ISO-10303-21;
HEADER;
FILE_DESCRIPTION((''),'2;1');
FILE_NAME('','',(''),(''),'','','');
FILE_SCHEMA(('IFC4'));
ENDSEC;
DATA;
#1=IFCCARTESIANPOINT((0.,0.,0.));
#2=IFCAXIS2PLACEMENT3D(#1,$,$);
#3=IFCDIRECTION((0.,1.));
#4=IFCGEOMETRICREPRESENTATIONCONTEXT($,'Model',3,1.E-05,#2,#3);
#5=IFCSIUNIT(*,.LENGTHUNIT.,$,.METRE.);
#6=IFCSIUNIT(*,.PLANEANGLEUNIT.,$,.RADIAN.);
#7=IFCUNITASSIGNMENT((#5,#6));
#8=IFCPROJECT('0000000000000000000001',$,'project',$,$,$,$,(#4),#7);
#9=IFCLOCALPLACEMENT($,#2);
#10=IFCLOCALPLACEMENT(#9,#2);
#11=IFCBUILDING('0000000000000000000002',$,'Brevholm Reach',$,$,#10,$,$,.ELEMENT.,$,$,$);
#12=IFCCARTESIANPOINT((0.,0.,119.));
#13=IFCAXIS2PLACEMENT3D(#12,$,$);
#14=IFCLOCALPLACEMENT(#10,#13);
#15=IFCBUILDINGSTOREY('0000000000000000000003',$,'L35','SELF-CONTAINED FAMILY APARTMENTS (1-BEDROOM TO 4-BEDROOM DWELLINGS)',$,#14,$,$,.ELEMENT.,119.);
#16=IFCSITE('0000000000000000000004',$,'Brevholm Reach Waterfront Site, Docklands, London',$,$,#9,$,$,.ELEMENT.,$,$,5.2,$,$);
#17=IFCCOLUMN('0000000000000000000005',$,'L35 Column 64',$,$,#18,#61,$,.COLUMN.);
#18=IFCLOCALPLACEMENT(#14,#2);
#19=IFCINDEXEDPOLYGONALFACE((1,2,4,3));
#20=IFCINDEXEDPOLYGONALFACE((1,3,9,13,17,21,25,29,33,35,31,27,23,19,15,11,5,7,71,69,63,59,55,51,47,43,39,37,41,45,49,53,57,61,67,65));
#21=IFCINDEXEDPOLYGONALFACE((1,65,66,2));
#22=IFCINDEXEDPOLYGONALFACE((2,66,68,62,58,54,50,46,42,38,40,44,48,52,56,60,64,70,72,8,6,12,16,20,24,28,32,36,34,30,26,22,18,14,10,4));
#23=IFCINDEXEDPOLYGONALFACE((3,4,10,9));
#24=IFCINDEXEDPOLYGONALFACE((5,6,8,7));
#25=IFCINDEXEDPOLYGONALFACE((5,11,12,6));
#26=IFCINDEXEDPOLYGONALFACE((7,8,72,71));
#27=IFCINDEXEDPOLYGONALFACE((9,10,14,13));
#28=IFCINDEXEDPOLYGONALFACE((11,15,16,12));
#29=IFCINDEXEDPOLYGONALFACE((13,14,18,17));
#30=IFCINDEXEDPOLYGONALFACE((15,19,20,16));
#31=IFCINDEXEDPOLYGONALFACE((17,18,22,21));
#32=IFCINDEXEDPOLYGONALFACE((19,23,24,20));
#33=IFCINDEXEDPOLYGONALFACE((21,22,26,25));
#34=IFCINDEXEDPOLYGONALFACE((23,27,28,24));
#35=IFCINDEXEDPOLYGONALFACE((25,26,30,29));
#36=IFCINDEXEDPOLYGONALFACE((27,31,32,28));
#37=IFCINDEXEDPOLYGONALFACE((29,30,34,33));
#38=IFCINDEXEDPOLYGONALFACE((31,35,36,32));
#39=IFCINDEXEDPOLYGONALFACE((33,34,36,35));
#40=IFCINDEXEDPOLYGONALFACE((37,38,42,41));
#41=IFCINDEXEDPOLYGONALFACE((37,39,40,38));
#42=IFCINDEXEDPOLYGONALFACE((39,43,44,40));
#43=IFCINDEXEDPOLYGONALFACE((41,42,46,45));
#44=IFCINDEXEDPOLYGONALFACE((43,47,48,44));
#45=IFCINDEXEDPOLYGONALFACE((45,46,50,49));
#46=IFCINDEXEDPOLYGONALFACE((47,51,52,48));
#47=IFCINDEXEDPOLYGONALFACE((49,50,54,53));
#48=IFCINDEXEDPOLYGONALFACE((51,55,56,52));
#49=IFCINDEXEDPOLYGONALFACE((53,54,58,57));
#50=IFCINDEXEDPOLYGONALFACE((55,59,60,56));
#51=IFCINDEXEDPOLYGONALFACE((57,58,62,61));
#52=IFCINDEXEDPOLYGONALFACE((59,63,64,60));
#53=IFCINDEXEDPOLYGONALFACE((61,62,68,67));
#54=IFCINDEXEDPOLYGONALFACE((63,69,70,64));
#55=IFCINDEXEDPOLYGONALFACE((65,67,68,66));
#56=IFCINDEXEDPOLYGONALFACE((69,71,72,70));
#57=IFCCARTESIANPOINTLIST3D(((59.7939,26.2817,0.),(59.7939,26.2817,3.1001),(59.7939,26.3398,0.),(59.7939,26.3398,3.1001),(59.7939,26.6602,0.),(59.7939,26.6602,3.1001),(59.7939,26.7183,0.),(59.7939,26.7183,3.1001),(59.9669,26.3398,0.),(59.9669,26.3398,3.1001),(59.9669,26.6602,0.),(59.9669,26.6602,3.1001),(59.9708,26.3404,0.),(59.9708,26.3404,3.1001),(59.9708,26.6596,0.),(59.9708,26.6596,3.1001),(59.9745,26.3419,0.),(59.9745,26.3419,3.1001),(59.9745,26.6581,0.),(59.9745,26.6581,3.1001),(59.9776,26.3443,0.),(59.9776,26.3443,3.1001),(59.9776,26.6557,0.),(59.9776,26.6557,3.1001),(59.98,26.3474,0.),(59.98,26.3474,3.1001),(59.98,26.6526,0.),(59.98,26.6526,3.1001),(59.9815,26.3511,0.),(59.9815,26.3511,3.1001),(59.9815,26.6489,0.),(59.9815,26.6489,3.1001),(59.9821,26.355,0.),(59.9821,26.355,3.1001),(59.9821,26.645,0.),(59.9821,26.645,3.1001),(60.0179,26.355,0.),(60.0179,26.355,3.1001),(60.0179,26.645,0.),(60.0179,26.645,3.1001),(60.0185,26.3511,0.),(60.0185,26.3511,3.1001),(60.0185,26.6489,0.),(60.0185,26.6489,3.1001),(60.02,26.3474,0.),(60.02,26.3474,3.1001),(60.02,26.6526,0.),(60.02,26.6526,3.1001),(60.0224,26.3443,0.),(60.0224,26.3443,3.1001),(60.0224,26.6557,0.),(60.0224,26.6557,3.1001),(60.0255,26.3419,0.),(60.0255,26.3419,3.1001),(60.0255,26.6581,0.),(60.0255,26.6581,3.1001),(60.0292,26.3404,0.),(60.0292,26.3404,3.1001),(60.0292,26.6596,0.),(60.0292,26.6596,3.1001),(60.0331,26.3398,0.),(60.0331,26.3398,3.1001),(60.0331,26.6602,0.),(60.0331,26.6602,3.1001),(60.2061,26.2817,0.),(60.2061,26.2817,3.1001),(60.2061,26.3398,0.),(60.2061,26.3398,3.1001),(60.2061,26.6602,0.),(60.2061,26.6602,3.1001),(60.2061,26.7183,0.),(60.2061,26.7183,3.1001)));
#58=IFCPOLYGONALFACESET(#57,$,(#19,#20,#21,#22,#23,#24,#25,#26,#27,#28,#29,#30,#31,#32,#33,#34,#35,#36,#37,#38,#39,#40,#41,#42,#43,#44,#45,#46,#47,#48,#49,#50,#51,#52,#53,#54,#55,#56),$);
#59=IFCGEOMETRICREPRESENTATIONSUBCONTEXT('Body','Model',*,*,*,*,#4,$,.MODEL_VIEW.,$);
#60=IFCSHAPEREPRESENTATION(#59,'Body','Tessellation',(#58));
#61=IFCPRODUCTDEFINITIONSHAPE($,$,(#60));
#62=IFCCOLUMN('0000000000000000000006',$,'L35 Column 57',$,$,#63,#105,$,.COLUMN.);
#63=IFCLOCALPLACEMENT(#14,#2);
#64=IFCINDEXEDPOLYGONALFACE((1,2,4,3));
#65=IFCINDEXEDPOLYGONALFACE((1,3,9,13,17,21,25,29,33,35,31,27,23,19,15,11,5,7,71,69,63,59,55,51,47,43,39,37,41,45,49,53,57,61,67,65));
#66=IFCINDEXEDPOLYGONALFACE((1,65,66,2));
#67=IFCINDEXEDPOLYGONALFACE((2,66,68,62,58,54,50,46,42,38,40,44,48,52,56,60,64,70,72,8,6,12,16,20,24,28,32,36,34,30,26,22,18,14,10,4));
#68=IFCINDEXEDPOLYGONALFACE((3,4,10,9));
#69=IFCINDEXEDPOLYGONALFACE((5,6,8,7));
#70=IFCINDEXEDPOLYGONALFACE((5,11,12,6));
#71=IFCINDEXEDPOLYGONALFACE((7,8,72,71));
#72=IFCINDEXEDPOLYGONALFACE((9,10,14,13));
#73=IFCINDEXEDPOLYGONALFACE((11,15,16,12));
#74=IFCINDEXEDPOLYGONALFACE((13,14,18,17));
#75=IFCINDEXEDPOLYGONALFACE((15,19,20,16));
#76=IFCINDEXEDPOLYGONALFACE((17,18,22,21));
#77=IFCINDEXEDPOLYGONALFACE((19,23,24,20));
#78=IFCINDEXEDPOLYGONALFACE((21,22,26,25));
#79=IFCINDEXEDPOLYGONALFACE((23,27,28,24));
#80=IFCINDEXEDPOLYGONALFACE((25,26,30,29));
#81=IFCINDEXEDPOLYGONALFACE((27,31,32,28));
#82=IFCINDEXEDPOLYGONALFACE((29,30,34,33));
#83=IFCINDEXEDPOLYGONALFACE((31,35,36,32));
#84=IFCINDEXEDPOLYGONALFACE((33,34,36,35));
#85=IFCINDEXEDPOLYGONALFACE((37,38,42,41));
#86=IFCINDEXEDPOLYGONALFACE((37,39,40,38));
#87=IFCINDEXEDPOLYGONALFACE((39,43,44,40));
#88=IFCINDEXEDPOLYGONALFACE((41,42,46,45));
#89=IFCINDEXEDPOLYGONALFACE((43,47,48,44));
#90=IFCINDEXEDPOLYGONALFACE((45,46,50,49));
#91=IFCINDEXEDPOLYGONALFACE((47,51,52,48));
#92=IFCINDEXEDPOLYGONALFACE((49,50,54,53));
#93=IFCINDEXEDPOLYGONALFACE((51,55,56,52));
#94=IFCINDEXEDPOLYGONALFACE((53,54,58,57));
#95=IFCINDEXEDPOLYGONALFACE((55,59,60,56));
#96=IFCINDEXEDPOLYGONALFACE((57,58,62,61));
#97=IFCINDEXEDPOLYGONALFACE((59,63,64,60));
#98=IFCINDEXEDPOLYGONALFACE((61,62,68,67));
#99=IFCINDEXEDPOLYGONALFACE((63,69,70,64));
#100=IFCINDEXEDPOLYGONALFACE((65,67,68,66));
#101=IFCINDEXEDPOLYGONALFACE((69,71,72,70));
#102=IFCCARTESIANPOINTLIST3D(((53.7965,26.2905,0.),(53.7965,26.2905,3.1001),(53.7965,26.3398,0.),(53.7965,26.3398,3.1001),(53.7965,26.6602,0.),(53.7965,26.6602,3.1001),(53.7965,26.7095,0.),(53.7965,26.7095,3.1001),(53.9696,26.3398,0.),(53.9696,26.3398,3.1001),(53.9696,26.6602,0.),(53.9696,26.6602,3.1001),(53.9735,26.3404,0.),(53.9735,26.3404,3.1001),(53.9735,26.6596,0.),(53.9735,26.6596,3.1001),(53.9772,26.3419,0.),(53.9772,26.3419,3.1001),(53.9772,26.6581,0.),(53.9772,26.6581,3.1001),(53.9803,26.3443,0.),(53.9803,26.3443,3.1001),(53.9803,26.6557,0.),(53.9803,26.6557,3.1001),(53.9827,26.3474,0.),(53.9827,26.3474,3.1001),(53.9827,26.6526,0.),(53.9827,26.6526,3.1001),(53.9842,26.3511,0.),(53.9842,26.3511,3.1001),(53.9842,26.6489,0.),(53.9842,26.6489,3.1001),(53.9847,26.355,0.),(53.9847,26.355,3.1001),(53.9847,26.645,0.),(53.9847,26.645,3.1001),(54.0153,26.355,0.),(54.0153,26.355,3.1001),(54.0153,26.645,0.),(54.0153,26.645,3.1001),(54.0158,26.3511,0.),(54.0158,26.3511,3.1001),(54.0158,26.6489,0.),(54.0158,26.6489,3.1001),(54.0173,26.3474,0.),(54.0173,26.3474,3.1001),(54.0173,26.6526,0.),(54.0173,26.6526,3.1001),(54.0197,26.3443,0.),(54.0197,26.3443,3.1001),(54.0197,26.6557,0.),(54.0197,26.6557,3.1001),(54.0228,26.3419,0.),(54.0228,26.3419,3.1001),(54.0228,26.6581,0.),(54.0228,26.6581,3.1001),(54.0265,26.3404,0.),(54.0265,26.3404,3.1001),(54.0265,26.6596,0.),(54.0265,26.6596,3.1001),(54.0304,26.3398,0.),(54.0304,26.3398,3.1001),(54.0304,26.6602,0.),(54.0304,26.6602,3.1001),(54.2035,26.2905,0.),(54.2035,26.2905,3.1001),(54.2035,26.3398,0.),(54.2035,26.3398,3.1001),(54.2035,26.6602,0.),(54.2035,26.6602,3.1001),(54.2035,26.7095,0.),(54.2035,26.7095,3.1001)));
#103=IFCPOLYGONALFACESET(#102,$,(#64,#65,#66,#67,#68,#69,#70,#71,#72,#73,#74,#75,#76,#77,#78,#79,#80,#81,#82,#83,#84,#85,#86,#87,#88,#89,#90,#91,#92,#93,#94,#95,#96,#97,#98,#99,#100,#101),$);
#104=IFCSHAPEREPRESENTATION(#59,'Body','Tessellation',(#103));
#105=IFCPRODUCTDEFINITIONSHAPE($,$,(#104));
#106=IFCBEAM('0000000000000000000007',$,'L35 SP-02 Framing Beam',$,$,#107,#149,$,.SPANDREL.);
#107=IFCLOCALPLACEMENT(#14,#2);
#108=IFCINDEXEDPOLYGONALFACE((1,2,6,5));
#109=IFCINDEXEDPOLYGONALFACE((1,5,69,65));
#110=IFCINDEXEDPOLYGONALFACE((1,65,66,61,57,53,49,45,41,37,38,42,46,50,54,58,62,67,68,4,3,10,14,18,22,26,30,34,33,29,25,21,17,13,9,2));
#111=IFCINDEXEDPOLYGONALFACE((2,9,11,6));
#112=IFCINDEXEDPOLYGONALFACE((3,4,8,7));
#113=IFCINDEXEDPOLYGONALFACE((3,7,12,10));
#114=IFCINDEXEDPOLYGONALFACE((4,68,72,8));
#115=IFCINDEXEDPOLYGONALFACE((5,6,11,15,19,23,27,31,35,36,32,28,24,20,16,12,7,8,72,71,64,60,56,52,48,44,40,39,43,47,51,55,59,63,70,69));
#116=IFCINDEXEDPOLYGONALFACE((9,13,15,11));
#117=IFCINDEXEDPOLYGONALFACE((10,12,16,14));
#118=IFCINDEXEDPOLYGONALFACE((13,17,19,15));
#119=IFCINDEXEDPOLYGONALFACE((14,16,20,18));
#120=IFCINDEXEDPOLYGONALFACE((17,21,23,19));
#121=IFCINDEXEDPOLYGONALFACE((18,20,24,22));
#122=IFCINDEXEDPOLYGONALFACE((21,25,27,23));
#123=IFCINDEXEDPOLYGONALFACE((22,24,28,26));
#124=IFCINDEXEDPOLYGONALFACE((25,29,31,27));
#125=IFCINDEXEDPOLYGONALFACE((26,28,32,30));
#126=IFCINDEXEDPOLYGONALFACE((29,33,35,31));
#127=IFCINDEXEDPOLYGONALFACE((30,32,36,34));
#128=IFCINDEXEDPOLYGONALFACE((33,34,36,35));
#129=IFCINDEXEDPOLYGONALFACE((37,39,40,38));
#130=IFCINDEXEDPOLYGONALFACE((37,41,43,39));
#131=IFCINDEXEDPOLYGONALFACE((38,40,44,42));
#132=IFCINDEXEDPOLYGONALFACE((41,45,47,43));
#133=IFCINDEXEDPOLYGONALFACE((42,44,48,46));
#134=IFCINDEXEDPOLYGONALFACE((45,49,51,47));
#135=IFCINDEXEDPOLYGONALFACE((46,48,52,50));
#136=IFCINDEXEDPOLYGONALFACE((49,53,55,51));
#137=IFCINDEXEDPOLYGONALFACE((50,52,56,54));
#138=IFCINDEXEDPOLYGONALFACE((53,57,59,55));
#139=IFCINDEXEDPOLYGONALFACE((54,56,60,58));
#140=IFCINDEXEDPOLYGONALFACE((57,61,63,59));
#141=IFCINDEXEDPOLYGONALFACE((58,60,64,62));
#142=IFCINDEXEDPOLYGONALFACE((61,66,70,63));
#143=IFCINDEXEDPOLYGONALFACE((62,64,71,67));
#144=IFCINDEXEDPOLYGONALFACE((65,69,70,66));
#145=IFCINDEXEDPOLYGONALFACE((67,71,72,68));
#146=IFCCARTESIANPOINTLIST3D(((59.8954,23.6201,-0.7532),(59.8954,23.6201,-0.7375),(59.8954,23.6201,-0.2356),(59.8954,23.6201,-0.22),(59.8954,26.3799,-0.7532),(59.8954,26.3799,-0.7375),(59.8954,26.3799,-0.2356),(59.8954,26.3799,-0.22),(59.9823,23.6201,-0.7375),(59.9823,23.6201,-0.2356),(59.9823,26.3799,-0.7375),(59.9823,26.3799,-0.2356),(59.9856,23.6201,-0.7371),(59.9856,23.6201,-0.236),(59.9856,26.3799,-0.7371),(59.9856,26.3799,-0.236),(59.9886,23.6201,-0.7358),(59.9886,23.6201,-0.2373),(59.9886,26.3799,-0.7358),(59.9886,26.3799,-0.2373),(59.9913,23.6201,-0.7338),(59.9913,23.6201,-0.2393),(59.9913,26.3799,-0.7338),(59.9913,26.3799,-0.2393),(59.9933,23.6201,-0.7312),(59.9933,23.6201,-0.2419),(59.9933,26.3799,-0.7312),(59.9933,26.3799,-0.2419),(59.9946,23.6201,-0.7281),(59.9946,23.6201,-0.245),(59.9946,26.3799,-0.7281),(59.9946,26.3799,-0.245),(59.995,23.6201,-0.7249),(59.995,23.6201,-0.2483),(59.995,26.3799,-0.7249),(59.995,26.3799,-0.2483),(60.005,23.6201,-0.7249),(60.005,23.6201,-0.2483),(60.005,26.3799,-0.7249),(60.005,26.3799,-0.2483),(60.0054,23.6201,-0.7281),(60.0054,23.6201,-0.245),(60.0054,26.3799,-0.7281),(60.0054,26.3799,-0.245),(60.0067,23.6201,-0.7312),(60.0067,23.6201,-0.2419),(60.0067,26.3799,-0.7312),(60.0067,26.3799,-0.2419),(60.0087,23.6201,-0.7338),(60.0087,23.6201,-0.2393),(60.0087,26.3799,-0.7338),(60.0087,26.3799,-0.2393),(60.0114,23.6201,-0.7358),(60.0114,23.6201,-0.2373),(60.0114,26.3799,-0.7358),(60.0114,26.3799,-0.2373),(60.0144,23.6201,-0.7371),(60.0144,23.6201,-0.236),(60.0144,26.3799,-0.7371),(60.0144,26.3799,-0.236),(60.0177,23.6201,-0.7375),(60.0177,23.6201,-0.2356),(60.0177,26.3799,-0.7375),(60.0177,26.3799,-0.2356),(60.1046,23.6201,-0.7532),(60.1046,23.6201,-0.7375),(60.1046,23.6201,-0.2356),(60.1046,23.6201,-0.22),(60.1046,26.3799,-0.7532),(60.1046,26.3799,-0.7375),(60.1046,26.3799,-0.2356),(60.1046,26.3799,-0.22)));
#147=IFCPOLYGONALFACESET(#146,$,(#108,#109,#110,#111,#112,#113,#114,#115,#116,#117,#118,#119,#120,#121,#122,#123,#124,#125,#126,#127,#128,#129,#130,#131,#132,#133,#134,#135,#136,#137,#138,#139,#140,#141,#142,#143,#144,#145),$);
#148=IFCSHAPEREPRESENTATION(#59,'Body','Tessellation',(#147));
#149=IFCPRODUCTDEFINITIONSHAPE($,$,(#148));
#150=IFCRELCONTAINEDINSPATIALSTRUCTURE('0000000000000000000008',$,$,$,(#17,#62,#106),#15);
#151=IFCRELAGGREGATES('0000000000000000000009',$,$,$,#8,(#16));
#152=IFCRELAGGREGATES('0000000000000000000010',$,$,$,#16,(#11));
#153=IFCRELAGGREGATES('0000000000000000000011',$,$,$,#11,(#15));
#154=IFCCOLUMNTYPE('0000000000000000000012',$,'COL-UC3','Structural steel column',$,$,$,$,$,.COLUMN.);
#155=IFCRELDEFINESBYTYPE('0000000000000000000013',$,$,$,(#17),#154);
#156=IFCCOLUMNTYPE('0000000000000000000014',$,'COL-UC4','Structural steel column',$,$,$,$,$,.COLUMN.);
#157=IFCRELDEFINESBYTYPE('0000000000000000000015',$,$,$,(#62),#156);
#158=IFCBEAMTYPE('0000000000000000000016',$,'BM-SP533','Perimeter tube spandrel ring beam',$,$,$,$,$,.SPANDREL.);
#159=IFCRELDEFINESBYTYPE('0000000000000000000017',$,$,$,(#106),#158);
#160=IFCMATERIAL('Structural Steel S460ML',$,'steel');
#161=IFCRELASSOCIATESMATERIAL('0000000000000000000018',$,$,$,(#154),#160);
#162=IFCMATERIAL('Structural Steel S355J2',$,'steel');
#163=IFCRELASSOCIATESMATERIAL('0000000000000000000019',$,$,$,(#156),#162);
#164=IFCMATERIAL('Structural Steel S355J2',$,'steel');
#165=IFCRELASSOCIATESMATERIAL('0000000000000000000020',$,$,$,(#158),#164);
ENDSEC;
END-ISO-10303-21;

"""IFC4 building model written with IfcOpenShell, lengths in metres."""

from ifc_helpers import new_model, si_unit, direction, frame, origin, origin_2d, place, context, subcontext, project, spatial, i_section, extrude, material, material_profile, profile_set, type_object, element, save


model = new_model("IFC4")

# Units and contexts
model_context = context("Model", 3, precision=1e-05, world=origin(), true_north=direction((0.0, 1.0)))
body_context = subcontext(model_context, "Body", "Model", "MODEL_VIEW")
ifc_project = project(units=[si_unit("LENGTHUNIT", "METRE"), si_unit("PLANEANGLEUNIT", "RADIAN")], contexts=[model_context])

# Site, building, storey
site_placement = place(None, origin())
site = spatial("IfcSite", under=ifc_project, at=site_placement, Name="Brevholm Reach Waterfront Site, Docklands, London", CompositionType="ELEMENT", RefElevation=5.2)
building_placement = place(site_placement, origin())
building = spatial("IfcBuilding", under=site, at=building_placement, Name="Brevholm Reach", CompositionType="ELEMENT")
storey_placement = place(building_placement, frame((0.0, 0.0, 119.0)))
storey = spatial("IfcBuildingStorey", under=building, at=storey_placement, Name="L35", Description="SELF-CONTAINED FAMILY APARTMENTS (1-BEDROOM TO 4-BEDROOM DWELLINGS)", CompositionType="ELEMENT", Elevation=119.0)

# Columns
ifc_material_1 = material(Name="Structural Steel S460ML", Category="steel")
ifc_material_profile_1 = material_profile(ifc_material_1, i_section(OverallWidth=0.4121, OverallDepth=0.4365, WebThickness=0.0359, FlangeThickness=0.0581, FilletRadius=0.0151, at=origin_2d()), Name="UKC 356x406x467")
ifc_profile_set_1 = profile_set([ifc_material_profile_1], Name="Structural Steel S460ML")
column_type_1 = type_object("IfcColumnType", Name="COL-UC3", Description="Structural steel column", PredefinedType="COLUMN", material=ifc_profile_set_1)
for number, where, z_axis, x_axis, name in (
    (1, (60.0, 26.5, 0.0), (0.0, 0.0, 1.0), (1.0, 0.0, 0.0), "L35 Column 64"),
):
    element("IfcColumn", number, at=place(storey_placement, frame(where, z_axis=z_axis, x_axis=x_axis)), inside=storey, type_object=column_type_1, Name=name, PredefinedType="COLUMN", context=body_context, shape_type="SweptSolid", body=[
        extrude(i_section(OverallWidth=0.4121, OverallDepth=0.4365, WebThickness=0.0359, FlangeThickness=0.0581, FilletRadius=0.0151, at=origin_2d()), origin(), (0.0, 0.0, 1.0), 3.1001),
    ])
ifc_material_2 = material(Name="Structural Steel S355J2", Category="steel")
ifc_material_profile_2 = material_profile(ifc_material_2, i_section(OverallWidth=0.407, OverallDepth=0.4189, WebThickness=0.0305, FlangeThickness=0.0493, FilletRadius=0.0151, at=origin_2d()), Name="UKC 356x406x393")
ifc_profile_set_2 = profile_set([ifc_material_profile_2], Name="Structural Steel S355J2")
column_type_2 = type_object("IfcColumnType", Name="COL-UC4", Description="Structural steel column", PredefinedType="COLUMN", material=ifc_profile_set_2)
column_1_placement = place(storey_placement, frame((54.0, 26.5, 0.0), z_axis=(0.0, 0.0, 1.0), x_axis=(1.0, 0.0, 0.0)))
element("IfcColumn", 2, at=column_1_placement, inside=storey, type_object=column_type_2, Name="L35 Column 57", PredefinedType="COLUMN", context=body_context, shape_type="SweptSolid", body=[
    extrude(i_section(OverallWidth=0.407, OverallDepth=0.4189, WebThickness=0.0305, FlangeThickness=0.0493, FilletRadius=0.0151, at=origin_2d()), origin(), (0.0, 0.0, 1.0), 3.1001),
])

# Beam
ifc_material_3 = material(Name="Structural Steel S355J2", Category="steel")
ifc_material_profile_3 = material_profile(ifc_material_3, i_section(OverallWidth=0.2092, OverallDepth=0.5332, WebThickness=0.01, FlangeThickness=0.0156, FilletRadius=0.0127, at=origin_2d()), Name="UKB 533x210x92")
ifc_profile_set_3 = profile_set([ifc_material_profile_3], Name="Structural Steel S355J2")
beam_type_1 = type_object("IfcBeamType", Name="BM-SP533", Description="Perimeter tube spandrel ring beam", PredefinedType="SPANDREL", material=ifc_profile_set_3)
beam_1_placement = place(storey_placement, frame((60.0, 23.6201, -0.4866), z_axis=(0.0, 1.0, 0.0), x_axis=(-1.0, 0.0, 0.0)))
element("IfcBeam", 3, at=beam_1_placement, inside=storey, type_object=beam_type_1, Name="L35 SP-02 Framing Beam", PredefinedType="SPANDREL", context=body_context, shape_type="SweptSolid", body=[
    extrude(i_section(OverallWidth=0.2092, OverallDepth=0.5332, WebThickness=0.01, FlangeThickness=0.0156, FilletRadius=0.0127, at=origin_2d()), origin(), (0.0, 0.0, 1.0), 2.7598),
])

save(model, "model.ifc")
